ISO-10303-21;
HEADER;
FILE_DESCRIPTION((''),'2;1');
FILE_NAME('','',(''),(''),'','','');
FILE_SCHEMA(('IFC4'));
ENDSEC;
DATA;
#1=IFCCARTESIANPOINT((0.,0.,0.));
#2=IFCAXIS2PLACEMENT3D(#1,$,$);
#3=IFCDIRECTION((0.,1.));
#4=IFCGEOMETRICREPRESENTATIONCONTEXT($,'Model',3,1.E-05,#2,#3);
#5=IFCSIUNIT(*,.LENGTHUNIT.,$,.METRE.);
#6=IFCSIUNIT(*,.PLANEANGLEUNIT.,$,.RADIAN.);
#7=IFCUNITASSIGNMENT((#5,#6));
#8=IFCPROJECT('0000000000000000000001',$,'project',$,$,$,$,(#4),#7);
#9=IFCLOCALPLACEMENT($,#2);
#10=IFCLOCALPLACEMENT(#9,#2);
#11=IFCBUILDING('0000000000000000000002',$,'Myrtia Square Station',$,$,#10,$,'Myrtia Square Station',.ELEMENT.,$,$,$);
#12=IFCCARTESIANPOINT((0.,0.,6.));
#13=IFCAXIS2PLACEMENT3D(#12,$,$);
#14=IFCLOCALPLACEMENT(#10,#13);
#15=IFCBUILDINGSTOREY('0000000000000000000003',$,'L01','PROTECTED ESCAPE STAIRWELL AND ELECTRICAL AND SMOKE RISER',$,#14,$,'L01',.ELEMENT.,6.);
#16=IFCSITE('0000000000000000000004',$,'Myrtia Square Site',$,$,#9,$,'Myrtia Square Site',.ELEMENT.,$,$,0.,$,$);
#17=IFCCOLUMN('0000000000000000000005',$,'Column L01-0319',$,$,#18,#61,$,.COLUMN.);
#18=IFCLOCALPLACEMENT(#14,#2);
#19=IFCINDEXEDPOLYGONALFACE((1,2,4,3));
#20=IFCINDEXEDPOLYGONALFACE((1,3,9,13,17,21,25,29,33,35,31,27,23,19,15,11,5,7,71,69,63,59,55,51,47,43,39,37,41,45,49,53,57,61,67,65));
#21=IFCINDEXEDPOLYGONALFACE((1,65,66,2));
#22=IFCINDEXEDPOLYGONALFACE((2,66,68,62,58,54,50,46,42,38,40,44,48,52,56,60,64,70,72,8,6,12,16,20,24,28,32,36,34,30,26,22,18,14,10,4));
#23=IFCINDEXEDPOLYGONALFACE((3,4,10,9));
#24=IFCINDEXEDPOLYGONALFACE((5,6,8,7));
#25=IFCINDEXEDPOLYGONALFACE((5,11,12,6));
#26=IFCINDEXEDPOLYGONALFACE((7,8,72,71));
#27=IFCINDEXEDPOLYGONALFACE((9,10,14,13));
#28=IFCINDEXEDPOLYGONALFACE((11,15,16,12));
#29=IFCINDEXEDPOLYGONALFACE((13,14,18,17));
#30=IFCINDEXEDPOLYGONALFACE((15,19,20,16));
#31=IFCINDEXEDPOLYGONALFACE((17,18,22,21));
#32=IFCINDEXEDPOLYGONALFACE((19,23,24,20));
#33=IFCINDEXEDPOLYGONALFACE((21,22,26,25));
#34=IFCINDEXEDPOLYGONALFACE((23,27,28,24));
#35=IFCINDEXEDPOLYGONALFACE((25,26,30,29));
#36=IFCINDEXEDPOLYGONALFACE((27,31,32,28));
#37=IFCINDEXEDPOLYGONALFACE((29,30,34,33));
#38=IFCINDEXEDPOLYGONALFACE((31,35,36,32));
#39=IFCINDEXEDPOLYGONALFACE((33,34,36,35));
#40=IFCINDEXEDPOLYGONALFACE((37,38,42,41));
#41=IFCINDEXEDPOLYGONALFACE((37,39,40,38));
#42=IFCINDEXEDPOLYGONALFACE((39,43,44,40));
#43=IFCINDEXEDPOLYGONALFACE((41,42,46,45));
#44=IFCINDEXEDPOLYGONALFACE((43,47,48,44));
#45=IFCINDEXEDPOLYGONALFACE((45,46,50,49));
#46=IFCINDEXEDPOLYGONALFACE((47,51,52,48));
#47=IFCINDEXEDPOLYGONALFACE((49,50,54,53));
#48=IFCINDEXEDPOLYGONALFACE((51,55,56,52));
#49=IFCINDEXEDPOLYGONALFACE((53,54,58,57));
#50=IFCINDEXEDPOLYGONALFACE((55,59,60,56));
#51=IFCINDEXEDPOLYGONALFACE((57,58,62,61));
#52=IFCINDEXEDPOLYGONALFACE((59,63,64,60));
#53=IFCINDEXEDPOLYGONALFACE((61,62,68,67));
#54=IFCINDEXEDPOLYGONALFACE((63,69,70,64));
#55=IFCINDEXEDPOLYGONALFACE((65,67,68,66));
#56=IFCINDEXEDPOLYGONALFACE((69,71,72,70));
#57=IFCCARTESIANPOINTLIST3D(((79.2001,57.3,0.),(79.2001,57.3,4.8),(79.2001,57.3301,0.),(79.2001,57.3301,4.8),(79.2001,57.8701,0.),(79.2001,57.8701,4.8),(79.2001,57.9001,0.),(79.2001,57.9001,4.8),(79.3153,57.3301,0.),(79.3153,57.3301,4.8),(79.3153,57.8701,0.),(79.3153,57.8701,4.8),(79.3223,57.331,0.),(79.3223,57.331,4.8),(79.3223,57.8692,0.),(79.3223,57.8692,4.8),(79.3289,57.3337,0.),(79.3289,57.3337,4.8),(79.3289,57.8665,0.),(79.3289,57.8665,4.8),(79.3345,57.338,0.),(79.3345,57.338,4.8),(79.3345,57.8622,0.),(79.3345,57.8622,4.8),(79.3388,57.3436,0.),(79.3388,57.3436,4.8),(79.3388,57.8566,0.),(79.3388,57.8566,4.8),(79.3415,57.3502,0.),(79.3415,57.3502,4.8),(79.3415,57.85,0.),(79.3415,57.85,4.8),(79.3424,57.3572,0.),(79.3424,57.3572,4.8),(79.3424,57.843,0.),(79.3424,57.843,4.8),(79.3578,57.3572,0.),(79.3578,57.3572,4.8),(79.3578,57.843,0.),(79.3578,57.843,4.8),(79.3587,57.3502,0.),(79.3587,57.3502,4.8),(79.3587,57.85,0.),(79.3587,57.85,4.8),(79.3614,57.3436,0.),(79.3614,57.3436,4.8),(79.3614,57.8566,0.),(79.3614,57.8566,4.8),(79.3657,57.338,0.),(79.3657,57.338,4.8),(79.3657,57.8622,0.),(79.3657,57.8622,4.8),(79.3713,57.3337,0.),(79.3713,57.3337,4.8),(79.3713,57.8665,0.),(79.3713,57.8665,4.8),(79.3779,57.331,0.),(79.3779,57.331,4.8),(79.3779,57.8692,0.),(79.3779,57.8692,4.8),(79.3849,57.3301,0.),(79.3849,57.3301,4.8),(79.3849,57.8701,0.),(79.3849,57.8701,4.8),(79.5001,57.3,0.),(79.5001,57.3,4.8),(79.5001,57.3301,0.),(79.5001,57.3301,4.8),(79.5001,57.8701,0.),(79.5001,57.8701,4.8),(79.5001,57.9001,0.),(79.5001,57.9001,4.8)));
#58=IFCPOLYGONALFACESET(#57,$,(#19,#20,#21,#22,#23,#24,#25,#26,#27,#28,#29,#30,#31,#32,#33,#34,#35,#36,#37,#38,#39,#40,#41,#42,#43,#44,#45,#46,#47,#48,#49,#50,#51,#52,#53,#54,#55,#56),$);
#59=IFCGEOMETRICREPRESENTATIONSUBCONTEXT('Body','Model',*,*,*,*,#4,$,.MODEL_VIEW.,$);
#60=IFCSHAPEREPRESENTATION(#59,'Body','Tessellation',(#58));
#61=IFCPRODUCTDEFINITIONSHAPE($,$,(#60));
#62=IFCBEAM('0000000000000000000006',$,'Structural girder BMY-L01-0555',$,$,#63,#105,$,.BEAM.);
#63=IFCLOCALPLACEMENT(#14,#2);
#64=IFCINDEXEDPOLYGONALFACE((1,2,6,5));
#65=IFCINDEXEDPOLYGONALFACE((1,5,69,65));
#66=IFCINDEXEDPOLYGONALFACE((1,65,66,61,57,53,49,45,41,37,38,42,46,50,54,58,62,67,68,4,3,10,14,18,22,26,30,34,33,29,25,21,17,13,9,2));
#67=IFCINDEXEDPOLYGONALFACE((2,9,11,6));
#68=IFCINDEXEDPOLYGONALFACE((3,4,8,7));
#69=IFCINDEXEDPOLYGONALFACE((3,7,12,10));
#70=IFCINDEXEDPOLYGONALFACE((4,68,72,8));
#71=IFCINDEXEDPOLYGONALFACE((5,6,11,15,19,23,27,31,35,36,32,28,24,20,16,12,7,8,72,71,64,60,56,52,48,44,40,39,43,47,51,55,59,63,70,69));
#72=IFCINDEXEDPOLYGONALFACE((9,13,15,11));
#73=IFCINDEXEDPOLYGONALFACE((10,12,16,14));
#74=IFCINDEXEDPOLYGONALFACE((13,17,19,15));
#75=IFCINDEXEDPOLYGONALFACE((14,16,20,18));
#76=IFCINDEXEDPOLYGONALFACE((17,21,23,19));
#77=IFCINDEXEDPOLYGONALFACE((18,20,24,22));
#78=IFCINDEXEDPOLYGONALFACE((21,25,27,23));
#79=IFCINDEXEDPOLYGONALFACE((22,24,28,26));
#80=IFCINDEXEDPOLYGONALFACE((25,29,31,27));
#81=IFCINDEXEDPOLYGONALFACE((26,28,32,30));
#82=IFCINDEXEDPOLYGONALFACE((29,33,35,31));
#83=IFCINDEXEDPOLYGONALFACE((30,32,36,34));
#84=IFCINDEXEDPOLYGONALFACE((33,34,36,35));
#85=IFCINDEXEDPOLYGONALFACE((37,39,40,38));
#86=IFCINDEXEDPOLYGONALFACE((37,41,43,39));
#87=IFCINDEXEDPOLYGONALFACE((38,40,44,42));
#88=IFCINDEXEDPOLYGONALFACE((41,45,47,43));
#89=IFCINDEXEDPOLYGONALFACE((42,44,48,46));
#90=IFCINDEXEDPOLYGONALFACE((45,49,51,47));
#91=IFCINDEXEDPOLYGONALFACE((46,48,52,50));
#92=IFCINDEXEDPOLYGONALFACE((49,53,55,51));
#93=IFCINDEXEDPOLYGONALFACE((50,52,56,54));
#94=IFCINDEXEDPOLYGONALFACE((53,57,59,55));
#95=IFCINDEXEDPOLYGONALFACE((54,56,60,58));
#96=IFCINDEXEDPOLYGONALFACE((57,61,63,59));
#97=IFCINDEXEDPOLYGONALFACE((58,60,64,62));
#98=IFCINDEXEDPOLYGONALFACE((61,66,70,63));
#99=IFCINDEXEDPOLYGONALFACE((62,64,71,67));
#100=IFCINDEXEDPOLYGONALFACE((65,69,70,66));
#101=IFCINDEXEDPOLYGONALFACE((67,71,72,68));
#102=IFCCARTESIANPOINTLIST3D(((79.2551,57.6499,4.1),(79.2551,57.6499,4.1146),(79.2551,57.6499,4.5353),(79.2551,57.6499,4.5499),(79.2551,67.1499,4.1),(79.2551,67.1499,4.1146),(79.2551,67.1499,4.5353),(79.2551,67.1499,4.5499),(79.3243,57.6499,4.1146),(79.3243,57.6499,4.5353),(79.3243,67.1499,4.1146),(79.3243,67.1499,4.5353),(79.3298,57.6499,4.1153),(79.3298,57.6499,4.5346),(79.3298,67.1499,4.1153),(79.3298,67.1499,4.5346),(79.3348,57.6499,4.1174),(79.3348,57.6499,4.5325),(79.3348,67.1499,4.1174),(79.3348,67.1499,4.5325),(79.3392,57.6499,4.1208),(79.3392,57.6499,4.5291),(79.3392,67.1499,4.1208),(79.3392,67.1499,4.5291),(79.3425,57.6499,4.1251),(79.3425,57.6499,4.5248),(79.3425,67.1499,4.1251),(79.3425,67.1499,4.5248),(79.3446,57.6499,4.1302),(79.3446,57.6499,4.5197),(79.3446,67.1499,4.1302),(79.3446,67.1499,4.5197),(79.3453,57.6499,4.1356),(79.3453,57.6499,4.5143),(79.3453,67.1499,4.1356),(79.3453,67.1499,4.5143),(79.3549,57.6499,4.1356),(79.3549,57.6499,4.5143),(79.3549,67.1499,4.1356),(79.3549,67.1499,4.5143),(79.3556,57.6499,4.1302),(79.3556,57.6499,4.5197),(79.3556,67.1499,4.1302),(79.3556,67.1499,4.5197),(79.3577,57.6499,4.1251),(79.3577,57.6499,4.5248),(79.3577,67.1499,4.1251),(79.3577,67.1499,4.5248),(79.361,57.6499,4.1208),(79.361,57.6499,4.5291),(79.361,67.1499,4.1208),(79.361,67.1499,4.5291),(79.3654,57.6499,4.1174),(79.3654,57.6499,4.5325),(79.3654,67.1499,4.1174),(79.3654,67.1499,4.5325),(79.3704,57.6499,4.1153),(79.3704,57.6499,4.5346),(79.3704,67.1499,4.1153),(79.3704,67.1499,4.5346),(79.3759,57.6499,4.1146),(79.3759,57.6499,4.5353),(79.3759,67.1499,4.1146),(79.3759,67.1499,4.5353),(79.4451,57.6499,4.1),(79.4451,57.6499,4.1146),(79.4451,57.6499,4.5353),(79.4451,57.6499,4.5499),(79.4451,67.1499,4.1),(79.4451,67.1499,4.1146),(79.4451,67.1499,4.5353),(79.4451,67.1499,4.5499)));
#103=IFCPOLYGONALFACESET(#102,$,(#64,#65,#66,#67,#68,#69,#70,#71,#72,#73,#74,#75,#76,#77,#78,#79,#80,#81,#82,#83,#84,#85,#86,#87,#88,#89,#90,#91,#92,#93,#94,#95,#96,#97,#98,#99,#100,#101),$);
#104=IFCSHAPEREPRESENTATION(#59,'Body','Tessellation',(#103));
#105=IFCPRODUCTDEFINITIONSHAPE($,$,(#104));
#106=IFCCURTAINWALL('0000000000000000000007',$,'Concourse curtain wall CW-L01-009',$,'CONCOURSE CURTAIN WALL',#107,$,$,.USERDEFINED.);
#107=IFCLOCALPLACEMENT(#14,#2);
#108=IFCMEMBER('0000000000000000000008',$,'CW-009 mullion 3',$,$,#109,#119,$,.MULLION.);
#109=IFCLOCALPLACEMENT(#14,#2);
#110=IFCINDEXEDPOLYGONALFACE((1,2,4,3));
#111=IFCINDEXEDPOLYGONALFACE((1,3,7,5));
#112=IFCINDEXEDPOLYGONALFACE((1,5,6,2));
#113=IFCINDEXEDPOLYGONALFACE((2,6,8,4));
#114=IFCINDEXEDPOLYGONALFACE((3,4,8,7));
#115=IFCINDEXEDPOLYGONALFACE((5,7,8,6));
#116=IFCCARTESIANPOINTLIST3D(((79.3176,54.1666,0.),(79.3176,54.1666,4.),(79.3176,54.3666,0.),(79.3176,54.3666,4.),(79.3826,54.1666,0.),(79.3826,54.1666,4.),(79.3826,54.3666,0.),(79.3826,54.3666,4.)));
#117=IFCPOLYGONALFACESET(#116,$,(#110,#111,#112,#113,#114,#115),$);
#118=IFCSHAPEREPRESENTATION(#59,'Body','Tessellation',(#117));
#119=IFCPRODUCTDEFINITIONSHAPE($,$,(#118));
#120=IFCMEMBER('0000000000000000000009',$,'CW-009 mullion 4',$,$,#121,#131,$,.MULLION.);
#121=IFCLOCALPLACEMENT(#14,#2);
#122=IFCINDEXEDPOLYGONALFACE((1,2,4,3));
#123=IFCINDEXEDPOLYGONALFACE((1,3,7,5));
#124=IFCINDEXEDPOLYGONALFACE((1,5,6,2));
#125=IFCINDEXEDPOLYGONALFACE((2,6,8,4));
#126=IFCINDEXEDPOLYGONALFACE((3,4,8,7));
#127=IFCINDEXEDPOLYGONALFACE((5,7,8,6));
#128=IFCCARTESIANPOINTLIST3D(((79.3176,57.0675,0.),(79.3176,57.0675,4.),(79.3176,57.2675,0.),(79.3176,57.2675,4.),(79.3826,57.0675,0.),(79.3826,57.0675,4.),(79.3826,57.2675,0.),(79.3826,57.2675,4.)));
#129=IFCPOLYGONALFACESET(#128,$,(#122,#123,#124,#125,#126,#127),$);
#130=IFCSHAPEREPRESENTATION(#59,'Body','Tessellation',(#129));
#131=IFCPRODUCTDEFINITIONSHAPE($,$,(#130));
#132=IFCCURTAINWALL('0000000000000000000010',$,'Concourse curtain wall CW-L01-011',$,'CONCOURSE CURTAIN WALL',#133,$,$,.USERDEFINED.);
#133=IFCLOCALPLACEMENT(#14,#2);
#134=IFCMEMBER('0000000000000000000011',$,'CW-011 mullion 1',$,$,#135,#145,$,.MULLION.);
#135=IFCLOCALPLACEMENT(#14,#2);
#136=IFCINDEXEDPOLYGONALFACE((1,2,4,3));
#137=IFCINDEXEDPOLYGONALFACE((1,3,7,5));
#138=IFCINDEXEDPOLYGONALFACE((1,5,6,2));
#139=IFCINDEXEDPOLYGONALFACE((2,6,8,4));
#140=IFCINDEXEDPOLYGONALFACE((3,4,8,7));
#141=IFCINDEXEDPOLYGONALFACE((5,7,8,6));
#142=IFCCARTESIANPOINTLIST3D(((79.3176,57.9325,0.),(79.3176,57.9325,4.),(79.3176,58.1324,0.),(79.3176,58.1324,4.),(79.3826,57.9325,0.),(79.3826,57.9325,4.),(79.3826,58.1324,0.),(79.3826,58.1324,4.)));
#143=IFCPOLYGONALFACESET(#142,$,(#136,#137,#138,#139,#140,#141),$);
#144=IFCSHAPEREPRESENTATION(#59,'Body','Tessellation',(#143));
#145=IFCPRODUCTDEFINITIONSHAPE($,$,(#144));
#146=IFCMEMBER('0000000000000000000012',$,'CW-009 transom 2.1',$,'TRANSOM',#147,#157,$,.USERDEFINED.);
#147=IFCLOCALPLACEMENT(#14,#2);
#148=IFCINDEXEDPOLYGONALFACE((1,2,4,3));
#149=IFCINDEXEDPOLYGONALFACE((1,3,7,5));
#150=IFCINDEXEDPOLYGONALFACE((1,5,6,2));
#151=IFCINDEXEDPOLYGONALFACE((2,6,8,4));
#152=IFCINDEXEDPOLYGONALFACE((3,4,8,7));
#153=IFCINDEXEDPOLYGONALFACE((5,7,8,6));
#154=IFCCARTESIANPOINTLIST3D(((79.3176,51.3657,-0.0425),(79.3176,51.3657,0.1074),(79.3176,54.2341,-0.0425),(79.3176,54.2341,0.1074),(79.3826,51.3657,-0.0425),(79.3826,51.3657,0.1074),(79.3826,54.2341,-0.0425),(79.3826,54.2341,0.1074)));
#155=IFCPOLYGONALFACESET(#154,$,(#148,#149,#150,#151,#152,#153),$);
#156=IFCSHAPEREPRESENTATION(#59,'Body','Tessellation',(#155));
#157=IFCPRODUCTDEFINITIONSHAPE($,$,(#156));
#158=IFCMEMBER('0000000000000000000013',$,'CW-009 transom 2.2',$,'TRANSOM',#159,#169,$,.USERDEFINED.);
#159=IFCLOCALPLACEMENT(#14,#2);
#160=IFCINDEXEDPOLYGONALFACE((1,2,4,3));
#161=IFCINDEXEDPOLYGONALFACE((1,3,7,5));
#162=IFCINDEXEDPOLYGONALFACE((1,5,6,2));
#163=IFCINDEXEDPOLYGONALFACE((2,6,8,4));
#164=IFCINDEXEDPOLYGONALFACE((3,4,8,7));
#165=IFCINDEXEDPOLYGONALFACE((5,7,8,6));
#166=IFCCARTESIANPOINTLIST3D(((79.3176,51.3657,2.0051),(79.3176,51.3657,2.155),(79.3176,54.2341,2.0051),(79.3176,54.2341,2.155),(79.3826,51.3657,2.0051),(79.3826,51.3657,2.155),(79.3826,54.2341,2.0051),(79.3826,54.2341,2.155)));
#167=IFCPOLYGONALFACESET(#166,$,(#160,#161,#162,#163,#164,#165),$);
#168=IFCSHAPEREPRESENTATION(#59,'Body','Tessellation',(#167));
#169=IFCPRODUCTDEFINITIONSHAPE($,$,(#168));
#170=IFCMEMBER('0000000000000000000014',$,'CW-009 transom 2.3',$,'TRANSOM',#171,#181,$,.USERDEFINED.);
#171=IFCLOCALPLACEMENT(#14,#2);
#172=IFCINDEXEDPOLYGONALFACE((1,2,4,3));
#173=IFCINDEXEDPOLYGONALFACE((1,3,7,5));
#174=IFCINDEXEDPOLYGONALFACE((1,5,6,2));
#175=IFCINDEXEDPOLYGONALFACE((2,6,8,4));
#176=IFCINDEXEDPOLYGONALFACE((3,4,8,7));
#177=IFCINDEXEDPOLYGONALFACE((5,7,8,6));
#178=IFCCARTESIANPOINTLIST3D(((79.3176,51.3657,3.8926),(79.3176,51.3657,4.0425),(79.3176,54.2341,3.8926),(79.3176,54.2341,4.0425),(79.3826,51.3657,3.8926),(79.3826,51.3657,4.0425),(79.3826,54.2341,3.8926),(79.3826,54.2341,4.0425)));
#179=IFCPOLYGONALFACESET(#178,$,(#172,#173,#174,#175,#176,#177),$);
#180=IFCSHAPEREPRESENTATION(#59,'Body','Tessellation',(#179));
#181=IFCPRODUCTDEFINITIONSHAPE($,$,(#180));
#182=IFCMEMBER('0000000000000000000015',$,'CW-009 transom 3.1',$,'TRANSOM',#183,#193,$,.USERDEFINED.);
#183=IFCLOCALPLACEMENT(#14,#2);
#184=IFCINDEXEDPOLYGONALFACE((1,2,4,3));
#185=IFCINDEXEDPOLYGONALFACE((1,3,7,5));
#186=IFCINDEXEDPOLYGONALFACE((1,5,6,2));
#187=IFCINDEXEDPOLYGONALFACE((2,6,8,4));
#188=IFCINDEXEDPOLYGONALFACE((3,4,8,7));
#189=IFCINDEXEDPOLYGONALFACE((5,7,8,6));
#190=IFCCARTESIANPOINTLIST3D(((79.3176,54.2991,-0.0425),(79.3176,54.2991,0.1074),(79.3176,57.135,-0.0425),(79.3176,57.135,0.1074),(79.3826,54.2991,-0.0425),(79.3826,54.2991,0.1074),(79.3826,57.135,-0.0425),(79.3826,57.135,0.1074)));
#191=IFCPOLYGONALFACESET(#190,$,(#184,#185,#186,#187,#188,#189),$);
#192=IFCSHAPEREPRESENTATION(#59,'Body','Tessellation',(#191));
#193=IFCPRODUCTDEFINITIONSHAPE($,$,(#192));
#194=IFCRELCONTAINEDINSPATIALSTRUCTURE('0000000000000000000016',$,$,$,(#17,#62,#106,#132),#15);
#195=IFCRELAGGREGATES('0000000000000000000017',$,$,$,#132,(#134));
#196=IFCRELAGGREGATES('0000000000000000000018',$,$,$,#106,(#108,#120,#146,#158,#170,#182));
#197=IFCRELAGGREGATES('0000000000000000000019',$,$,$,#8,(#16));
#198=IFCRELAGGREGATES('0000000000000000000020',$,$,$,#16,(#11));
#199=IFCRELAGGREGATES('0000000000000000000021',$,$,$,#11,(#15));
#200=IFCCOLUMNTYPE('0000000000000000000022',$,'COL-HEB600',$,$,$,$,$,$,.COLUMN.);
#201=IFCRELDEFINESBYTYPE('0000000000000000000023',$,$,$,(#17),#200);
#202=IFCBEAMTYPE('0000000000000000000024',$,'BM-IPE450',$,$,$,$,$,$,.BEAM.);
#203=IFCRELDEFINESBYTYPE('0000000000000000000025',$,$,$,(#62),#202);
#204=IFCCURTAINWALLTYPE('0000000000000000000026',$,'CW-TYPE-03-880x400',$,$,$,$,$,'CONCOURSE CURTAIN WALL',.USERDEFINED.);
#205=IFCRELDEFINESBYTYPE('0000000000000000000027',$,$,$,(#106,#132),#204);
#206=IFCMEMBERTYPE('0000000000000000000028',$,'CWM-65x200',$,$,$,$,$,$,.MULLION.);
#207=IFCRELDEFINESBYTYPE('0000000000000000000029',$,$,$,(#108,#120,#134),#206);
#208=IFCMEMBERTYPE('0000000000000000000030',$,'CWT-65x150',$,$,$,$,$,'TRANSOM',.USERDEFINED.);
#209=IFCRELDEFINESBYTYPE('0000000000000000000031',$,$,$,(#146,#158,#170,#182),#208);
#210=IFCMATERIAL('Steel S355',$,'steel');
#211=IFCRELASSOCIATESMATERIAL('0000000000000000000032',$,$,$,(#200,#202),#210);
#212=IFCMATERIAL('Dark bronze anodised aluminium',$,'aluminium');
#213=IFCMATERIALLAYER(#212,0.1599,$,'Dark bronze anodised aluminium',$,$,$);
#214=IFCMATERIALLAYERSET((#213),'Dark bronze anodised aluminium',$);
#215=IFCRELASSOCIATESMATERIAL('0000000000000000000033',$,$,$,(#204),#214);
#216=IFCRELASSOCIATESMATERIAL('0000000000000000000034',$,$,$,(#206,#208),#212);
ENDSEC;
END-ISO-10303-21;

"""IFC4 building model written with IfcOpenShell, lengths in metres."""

from ifc_helpers import new_model, si_unit, direction, frame, origin, origin_2d, place, context, subcontext, project, spatial, rectangle, i_section, extrude, material, layer, layer_set, material_profile, profile_set, type_object, element, aggregate, save


model = new_model("IFC4")

# Units and contexts
model_context = context("Model", 3, precision=1e-05, world=origin(), true_north=direction((0.0, 1.0)))
body_context = subcontext(model_context, "Body", "Model", "MODEL_VIEW")
ifc_project = project(units=[si_unit("LENGTHUNIT", "METRE"), si_unit("PLANEANGLEUNIT", "RADIAN")], contexts=[model_context])

# Site, building, storey
site_placement = place(None, origin())
site = spatial("IfcSite", under=ifc_project, at=site_placement, Name="Myrtia Square Site", LongName="Myrtia Square Site", CompositionType="ELEMENT", RefElevation=0.0)
building_placement = place(site_placement, origin())
building = spatial("IfcBuilding", under=site, at=building_placement, Name="Myrtia Square Station", LongName="Myrtia Square Station", CompositionType="ELEMENT")
storey_placement = place(building_placement, frame((0.0, 0.0, 6.0)))
storey = spatial("IfcBuildingStorey", under=building, at=storey_placement, Name="L01", Description="PROTECTED ESCAPE STAIRWELL AND ELECTRICAL AND SMOKE RISER", LongName="L01", CompositionType="ELEMENT", Elevation=6.0)

# Column
ifc_material_1 = material(Name="Steel S355", Category="steel")
ifc_material_profile_1 = material_profile(ifc_material_1, i_section(OverallWidth=0.3, OverallDepth=0.6001, WebThickness=0.0154, FlangeThickness=0.03, FilletRadius=0.0271, at=origin_2d()), Name="HEB 600")
ifc_profile_set_1 = profile_set([ifc_material_profile_1], Name="Steel S355")
column_type = type_object("IfcColumnType", Name="COL-HEB600", PredefinedType="COLUMN", material=ifc_profile_set_1)
column_placement = place(storey_placement, frame((79.3501, 57.6001, 0.0), z_axis=(0.0, 0.0, 1.0), x_axis=(1.0, 0.0, 0.0)))
element("IfcColumn", 1, at=column_placement, inside=storey, type_object=column_type, Name="Column L01-0319", PredefinedType="COLUMN", context=body_context, shape_type="SweptSolid", body=[
    extrude(i_section(OverallWidth=0.3, OverallDepth=0.6001, WebThickness=0.0154, FlangeThickness=0.03, FilletRadius=0.0271, at=origin_2d()), origin(), (0.0, 0.0, 1.0), 4.8),
])

# Beam
ifc_material_profile_2 = material_profile(ifc_material_1, i_section(OverallWidth=0.1899, OverallDepth=0.45, WebThickness=0.0095, FlangeThickness=0.0146, FilletRadius=0.021, at=origin_2d()), Name="IPE 450")
ifc_profile_set_2 = profile_set([ifc_material_profile_2], Name="Steel S355")
beam_type = type_object("IfcBeamType", Name="BM-IPE450", PredefinedType="BEAM", material=ifc_profile_set_2)
beam_placement = place(storey_placement, frame((79.3501, 57.6499, 4.325), z_axis=(0.0, 1.0, 0.0), x_axis=(-1.0, 0.0, 0.0)))
element("IfcBeam", 2, at=beam_placement, inside=storey, type_object=beam_type, Name="Structural girder BMY-L01-0555", PredefinedType="BEAM", context=body_context, shape_type="SweptSolid", body=[
    extrude(i_section(OverallWidth=0.1899, OverallDepth=0.45, WebThickness=0.0095, FlangeThickness=0.0146, FilletRadius=0.021, at=origin_2d()), origin(), (0.0, 0.0, 1.0), 9.5),
])

# Curtain wall, members
ifc_material_2 = material(Name="Dark bronze anodised aluminium", Category="aluminium")
ifc_layer_1 = layer(ifc_material_2, 0.1599, Name="Dark bronze anodised aluminium")
ifc_layer_set_1 = layer_set([ifc_layer_1], Name="Dark bronze anodised aluminium")
curtain_wall_type = type_object("IfcCurtainWallType", Name="CW-TYPE-03-880x400", ElementType="CONCOURSE CURTAIN WALL", PredefinedType="USERDEFINED", material=ifc_layer_set_1)
curtain_wall_1_placement = place(storey_placement, origin())
curtain_wall_1 = element("IfcCurtainWall", 3, at=curtain_wall_1_placement, inside=storey, type_object=curtain_wall_type, Name="Concourse curtain wall CW-L01-009", ObjectType="CONCOURSE CURTAIN WALL", PredefinedType="USERDEFINED")
ifc_material_profile_3 = material_profile(ifc_material_2, rectangle(XDim=0.0649, YDim=0.2, at=origin_2d()), Name="ALU-M 65x200")
ifc_profile_set_3 = profile_set([ifc_material_profile_3], Name="Dark bronze anodised aluminium")
member_type_1 = type_object("IfcMemberType", Name="CWM-65x200", PredefinedType="MULLION", material=ifc_profile_set_3)
member_1_placement = place(storey_placement, frame((79.3501, 54.2666, 0.0), z_axis=(0.0, 0.0, 1.0), x_axis=(-1.0, 0.0, 0.0)))
member_1 = element("IfcMember", 4, at=member_1_placement, type_object=member_type_1, Name="CW-009 mullion 3", PredefinedType="MULLION", context=body_context, shape_type="SweptSolid", body=[
    extrude(rectangle(XDim=0.0649, YDim=0.2, at=origin_2d()), origin(), (0.0, 0.0, 1.0), 4.0),
])
member_2_placement = place(storey_placement, frame((79.3501, 57.1675, 0.0), z_axis=(0.0, 0.0, 1.0), x_axis=(-1.0, 0.0, 0.0)))
member_2 = element("IfcMember", 5, at=member_2_placement, type_object=member_type_1, Name="CW-009 mullion 4", PredefinedType="MULLION", context=body_context, shape_type="SweptSolid", body=[
    extrude(rectangle(XDim=0.0649, YDim=0.2, at=origin_2d()), origin(), (0.0, 0.0, 1.0), 4.0),
])

# Curtain wall, member
curtain_wall_2_placement = place(storey_placement, origin())
curtain_wall_2 = element("IfcCurtainWall", 6, at=curtain_wall_2_placement, inside=storey, type_object=curtain_wall_type, Name="Concourse curtain wall CW-L01-011", ObjectType="CONCOURSE CURTAIN WALL", PredefinedType="USERDEFINED")
member_3_placement = place(storey_placement, frame((79.3501, 58.0325, 0.0), z_axis=(0.0, 0.0, 1.0), x_axis=(-1.0, 0.0, 0.0)))
member_3 = element("IfcMember", 7, at=member_3_placement, type_object=member_type_1, Name="CW-011 mullion 1", PredefinedType="MULLION", context=body_context, shape_type="SweptSolid", body=[
    extrude(rectangle(XDim=0.0649, YDim=0.2, at=origin_2d()), origin(), (0.0, 0.0, 1.0), 4.0),
])

# Members
ifc_material_profile_4 = material_profile(ifc_material_2, rectangle(XDim=0.0649, YDim=0.1499, at=origin_2d()), Name="ALU-T 65x150")
ifc_profile_set_4 = profile_set([ifc_material_profile_4], Name="Dark bronze anodised aluminium")
member_type_2 = type_object("IfcMemberType", Name="CWT-65x150", ElementType="TRANSOM", PredefinedType="USERDEFINED", material=ifc_profile_set_4)
member_4_placement = place(storey_placement, frame((79.3501, 51.3657, 0.0325), z_axis=(0.0, 1.0, 0.0), x_axis=(-1.0, 0.0, 0.0)))
member_4 = element("IfcMember", 8, at=member_4_placement, type_object=member_type_2, Name="CW-009 transom 2.1", ObjectType="TRANSOM", PredefinedType="USERDEFINED", context=body_context, shape_type="SweptSolid", body=[
    extrude(rectangle(XDim=0.0649, YDim=0.1499, at=origin_2d()), origin(), (0.0, 0.0, 1.0), 2.8684),
])
member_5_placement = place(storey_placement, frame((79.3501, 51.3657, 2.0801), z_axis=(0.0, 1.0, 0.0), x_axis=(-1.0, 0.0, 0.0)))
member_5 = element("IfcMember", 9, at=member_5_placement, type_object=member_type_2, Name="CW-009 transom 2.2", ObjectType="TRANSOM", PredefinedType="USERDEFINED", context=body_context, shape_type="SweptSolid", body=[
    extrude(rectangle(XDim=0.0649, YDim=0.1499, at=origin_2d()), origin(), (0.0, 0.0, 1.0), 2.8684),
])
member_6_placement = place(storey_placement, frame((79.3501, 51.3657, 3.9675), z_axis=(0.0, 1.0, 0.0), x_axis=(-1.0, 0.0, 0.0)))
member_6 = element("IfcMember", 10, at=member_6_placement, type_object=member_type_2, Name="CW-009 transom 2.3", ObjectType="TRANSOM", PredefinedType="USERDEFINED", context=body_context, shape_type="SweptSolid", body=[
    extrude(rectangle(XDim=0.0649, YDim=0.1499, at=origin_2d()), origin(), (0.0, 0.0, 1.0), 2.8684),
])
member_7_placement = place(storey_placement, frame((79.3501, 54.2991, 0.0325), z_axis=(0.0, 1.0, 0.0), x_axis=(-1.0, 0.0, 0.0)))
member_7 = element("IfcMember", 11, at=member_7_placement, type_object=member_type_2, Name="CW-009 transom 3.1", ObjectType="TRANSOM", PredefinedType="USERDEFINED", context=body_context, shape_type="SweptSolid", body=[
    extrude(rectangle(XDim=0.0649, YDim=0.1499, at=origin_2d()), origin(), (0.0, 0.0, 1.0), 2.8359),
])

aggregate(curtain_wall_2, [member_3])
aggregate(curtain_wall_1, [member_1, member_2, member_4, member_5, member_6, member_7])

save(model, "model.ifc")
